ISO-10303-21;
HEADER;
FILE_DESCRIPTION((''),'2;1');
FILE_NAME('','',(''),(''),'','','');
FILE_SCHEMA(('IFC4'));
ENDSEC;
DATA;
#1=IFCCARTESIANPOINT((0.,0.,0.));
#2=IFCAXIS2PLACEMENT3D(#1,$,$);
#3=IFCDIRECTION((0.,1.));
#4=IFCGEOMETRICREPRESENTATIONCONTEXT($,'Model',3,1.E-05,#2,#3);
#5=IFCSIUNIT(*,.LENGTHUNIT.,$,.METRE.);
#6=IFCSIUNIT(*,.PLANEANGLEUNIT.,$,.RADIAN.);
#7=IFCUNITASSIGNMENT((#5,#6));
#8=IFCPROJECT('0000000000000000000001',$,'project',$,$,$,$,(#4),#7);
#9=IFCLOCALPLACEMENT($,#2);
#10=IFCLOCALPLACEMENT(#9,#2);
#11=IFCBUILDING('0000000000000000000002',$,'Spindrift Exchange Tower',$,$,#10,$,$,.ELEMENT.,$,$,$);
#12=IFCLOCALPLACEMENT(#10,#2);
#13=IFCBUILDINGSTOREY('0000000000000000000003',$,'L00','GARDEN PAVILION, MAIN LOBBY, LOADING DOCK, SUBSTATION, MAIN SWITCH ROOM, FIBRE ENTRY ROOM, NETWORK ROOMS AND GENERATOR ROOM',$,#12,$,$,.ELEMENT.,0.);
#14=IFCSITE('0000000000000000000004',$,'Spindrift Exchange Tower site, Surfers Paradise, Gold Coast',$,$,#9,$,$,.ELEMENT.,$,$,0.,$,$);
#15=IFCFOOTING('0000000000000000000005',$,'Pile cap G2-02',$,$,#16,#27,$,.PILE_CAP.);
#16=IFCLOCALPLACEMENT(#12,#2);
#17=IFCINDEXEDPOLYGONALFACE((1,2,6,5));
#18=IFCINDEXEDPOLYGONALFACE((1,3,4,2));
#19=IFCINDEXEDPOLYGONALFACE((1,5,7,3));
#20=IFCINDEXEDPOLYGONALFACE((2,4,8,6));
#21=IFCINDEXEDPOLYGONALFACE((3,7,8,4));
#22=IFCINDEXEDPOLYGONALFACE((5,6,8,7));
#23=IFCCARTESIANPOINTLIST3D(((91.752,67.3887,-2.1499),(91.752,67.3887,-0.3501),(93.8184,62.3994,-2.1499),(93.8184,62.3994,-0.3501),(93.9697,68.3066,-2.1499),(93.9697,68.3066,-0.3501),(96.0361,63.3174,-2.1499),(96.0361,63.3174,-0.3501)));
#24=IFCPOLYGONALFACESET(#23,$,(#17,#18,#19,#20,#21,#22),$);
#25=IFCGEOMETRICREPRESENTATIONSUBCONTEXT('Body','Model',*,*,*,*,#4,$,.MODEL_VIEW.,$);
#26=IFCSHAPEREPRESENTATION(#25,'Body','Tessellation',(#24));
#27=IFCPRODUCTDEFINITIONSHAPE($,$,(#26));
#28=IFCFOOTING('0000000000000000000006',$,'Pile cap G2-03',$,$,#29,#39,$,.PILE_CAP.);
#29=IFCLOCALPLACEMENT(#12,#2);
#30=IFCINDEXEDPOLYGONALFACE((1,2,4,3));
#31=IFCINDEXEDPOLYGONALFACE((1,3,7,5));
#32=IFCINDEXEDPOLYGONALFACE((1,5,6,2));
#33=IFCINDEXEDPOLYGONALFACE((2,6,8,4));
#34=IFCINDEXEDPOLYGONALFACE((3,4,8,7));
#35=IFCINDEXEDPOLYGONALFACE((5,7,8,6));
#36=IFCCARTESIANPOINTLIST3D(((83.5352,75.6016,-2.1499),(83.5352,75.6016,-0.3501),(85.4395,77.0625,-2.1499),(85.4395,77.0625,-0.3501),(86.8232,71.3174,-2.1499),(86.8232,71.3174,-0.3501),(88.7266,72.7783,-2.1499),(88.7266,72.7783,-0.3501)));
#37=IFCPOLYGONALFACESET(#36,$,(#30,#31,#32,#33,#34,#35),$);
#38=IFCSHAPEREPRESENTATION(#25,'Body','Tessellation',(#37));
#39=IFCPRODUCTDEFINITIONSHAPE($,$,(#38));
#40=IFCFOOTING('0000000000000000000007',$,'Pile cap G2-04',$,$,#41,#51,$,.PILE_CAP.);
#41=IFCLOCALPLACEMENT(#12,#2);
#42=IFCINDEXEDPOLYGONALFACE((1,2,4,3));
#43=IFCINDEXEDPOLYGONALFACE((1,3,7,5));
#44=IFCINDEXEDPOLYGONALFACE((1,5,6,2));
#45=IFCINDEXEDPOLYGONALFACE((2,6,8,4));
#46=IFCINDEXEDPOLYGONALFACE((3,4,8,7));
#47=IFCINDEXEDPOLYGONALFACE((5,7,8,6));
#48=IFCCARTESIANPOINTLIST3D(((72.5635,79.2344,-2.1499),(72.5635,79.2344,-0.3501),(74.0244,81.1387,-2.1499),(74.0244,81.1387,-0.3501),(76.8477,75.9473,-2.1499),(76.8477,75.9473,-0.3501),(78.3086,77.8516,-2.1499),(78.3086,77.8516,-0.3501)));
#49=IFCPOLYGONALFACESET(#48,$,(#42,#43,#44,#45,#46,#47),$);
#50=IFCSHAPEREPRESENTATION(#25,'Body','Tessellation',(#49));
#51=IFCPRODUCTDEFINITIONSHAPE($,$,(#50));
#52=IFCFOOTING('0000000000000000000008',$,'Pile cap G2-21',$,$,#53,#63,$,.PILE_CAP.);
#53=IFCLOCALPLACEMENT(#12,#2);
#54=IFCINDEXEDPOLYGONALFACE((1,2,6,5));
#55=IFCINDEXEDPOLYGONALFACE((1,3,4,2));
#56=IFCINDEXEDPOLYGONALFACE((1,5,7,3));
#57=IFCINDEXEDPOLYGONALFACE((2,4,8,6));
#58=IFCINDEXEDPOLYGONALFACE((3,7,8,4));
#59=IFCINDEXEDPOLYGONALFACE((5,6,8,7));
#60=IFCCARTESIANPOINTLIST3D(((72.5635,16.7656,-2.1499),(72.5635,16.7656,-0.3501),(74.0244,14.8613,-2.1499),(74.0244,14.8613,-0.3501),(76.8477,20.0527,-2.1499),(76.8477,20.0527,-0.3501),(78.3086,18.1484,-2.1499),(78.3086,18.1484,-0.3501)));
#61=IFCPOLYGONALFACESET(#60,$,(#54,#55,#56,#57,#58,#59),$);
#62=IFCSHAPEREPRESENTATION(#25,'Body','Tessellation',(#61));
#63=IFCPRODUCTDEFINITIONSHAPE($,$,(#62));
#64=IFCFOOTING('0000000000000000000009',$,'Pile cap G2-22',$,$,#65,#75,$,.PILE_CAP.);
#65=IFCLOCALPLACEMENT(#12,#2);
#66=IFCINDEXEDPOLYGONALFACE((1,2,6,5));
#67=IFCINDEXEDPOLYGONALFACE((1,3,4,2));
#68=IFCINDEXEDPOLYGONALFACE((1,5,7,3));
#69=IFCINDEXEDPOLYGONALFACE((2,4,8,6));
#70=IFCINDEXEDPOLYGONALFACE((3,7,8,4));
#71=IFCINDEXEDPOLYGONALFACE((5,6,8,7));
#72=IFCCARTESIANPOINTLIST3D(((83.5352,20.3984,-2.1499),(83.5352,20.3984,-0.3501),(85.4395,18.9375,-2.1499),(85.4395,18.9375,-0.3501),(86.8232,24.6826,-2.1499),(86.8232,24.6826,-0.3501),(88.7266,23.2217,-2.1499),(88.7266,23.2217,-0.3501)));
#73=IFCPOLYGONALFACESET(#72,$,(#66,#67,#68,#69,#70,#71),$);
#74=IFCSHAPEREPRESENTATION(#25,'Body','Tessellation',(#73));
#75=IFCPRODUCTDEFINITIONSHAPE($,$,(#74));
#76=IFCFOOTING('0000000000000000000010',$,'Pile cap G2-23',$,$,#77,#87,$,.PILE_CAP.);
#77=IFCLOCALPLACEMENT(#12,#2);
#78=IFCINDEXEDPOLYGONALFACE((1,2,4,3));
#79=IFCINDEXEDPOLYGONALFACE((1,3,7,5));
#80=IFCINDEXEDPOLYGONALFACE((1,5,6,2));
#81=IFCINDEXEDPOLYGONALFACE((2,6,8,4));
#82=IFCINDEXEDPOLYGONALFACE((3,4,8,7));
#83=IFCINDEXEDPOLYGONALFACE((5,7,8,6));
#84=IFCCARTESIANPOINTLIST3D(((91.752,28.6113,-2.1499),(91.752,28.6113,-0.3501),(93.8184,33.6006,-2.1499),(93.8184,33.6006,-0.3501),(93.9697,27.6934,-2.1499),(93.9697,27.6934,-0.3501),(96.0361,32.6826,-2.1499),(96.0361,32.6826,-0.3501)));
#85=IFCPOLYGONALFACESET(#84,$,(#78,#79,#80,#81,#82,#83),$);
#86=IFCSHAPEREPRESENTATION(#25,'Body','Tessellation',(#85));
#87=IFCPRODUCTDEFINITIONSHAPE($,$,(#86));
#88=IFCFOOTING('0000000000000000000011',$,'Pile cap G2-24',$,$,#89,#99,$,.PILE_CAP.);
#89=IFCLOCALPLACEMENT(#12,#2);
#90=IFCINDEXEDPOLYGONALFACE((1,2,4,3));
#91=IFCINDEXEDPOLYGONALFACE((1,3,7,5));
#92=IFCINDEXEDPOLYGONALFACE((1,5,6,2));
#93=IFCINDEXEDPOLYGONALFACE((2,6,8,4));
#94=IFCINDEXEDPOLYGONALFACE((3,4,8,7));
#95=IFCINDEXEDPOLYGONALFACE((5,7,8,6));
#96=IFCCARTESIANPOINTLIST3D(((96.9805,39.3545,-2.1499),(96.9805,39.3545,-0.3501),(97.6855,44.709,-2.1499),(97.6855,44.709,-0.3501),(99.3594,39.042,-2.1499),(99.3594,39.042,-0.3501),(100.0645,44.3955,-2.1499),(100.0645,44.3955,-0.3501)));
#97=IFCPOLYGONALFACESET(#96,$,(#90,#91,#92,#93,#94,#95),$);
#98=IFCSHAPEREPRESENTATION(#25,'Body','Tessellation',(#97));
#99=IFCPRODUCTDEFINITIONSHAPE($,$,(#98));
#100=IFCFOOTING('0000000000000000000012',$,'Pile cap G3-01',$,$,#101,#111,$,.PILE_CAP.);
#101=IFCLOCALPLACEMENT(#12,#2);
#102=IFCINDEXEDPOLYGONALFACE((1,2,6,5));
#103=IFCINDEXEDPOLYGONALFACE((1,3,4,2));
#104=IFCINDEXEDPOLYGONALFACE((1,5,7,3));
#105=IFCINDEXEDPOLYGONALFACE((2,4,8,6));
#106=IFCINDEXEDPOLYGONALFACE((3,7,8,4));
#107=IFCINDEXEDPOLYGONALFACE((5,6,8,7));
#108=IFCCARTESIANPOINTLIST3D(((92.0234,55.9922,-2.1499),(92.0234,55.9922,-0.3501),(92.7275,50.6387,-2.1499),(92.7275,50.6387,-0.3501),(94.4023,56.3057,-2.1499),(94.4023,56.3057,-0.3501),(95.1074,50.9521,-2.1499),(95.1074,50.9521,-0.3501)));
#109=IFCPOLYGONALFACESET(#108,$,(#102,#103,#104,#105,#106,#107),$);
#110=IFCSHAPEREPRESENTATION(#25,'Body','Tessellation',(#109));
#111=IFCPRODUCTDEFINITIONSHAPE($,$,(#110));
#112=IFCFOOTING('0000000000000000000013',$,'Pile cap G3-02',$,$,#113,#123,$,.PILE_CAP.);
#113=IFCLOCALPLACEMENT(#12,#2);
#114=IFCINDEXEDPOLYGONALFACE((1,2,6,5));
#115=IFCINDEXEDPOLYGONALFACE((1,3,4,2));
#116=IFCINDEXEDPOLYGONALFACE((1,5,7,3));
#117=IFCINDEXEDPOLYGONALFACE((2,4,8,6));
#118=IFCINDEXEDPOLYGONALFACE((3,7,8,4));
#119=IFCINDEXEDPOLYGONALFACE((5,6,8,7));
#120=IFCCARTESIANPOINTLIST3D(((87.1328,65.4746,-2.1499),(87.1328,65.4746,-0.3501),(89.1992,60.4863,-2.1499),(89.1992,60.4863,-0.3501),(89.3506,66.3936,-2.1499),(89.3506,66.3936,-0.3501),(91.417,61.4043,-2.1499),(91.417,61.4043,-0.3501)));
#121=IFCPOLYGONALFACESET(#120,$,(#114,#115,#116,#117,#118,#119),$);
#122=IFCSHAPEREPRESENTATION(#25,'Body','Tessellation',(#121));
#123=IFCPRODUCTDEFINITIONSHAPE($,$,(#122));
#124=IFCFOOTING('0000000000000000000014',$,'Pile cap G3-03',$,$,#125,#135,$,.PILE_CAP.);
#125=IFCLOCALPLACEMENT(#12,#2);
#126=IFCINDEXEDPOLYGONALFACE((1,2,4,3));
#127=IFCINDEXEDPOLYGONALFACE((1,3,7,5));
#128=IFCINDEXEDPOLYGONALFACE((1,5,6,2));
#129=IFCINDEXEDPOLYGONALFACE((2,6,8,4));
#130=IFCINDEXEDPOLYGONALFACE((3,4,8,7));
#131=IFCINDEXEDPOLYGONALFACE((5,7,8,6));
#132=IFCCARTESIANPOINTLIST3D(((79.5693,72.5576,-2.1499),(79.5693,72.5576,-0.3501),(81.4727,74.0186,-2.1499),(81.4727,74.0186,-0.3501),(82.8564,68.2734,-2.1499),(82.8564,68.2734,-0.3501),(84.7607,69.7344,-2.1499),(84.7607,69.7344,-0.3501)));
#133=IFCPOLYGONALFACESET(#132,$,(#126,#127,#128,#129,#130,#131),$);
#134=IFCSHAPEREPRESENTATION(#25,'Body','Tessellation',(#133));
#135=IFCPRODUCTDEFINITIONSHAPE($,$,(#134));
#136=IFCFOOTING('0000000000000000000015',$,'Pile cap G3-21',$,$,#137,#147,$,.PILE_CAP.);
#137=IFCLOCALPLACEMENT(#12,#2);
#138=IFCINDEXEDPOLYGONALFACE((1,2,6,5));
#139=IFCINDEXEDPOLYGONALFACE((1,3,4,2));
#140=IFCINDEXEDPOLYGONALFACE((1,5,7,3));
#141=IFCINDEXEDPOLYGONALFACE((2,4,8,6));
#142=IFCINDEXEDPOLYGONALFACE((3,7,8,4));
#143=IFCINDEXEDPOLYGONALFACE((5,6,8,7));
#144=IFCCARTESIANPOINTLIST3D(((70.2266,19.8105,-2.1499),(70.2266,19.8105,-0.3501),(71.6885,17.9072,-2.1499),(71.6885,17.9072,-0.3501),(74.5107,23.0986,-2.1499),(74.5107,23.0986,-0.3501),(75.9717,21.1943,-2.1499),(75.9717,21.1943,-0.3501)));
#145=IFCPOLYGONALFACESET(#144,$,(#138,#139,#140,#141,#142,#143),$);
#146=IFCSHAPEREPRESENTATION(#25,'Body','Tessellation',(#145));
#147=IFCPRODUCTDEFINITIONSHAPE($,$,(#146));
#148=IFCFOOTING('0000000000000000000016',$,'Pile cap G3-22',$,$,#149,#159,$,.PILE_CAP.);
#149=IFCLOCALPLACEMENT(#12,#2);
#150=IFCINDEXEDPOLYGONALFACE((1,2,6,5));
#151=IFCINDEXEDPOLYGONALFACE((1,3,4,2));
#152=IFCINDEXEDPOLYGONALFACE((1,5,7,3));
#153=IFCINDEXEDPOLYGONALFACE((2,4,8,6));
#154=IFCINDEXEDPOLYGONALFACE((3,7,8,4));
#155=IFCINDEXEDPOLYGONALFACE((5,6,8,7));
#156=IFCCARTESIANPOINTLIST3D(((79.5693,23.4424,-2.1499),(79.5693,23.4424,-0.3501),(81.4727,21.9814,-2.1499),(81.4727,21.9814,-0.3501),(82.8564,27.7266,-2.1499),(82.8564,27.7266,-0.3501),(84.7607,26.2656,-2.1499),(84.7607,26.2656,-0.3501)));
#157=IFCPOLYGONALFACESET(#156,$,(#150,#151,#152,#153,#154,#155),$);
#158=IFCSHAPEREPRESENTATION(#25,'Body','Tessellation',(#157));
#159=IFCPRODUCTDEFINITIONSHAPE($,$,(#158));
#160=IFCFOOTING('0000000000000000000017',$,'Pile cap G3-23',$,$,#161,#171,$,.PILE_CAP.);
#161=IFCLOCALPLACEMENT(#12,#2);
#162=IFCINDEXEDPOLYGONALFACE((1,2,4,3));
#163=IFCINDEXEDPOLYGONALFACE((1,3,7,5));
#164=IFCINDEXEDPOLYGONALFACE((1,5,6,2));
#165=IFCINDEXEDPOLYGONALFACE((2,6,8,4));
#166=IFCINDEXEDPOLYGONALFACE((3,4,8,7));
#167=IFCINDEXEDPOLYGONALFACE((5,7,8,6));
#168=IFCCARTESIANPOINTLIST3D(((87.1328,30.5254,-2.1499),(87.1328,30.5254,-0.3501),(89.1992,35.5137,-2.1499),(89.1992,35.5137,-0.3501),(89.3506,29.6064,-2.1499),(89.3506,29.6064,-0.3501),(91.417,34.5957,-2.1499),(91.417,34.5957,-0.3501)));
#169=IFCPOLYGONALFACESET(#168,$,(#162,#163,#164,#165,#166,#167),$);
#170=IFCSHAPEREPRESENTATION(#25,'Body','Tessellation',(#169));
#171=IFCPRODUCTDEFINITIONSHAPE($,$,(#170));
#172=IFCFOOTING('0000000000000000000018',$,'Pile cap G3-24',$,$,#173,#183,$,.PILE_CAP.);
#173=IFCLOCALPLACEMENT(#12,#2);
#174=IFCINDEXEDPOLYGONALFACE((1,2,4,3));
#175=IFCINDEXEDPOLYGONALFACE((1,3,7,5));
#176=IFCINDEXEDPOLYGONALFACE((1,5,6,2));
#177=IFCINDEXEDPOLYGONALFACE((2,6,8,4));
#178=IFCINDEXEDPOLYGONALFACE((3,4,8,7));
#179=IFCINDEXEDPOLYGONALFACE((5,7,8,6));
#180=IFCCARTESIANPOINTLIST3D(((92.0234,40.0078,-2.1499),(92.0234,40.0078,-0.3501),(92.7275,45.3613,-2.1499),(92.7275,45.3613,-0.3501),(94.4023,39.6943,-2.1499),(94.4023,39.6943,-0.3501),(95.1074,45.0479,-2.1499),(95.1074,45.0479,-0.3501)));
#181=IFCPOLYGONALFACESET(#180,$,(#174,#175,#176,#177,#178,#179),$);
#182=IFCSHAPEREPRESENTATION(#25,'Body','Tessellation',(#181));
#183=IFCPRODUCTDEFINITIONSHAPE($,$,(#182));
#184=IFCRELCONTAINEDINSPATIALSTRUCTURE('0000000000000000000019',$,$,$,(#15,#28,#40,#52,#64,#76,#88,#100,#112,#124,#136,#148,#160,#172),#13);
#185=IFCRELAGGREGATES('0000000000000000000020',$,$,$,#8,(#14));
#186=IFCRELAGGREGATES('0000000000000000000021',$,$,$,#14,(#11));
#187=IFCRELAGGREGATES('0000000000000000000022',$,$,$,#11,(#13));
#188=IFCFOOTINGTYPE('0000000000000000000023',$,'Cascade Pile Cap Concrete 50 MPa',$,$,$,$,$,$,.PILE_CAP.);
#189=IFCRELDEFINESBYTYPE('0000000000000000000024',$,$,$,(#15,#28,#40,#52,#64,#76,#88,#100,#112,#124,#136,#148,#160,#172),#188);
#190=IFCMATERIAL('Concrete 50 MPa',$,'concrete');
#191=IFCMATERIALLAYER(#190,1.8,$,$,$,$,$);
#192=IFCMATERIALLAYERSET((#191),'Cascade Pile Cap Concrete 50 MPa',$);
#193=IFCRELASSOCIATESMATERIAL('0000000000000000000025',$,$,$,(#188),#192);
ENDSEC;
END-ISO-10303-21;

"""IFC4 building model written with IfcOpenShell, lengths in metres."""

from ifc_helpers import new_model, si_unit, direction, frame, origin, place, context, subcontext, project, spatial, line, indexed_curve, outline, extrude, material, layer, layer_set, type_object, element, save


model = new_model("IFC4")

# Units and contexts
model_context = context("Model", 3, precision=1e-05, world=origin(), true_north=direction((0.0, 1.0)))
body_context = subcontext(model_context, "Body", "Model", "MODEL_VIEW")
ifc_project = project(units=[si_unit("LENGTHUNIT", "METRE"), si_unit("PLANEANGLEUNIT", "RADIAN")], contexts=[model_context])

# Site, building, storey
site_placement = place(None, origin())
site = spatial("IfcSite", under=ifc_project, at=site_placement, Name="Spindrift Exchange Tower site, Surfers Paradise, Gold Coast", CompositionType="ELEMENT", RefElevation=0.0)
building_placement = place(site_placement, origin())
building = spatial("IfcBuilding", under=site, at=building_placement, Name="Spindrift Exchange Tower", CompositionType="ELEMENT")
storey_placement = place(building_placement, origin())
storey = spatial("IfcBuildingStorey", under=building, at=storey_placement, Name="L00", Description="GARDEN PAVILION, MAIN LOBBY, LOADING DOCK, SUBSTATION, MAIN SWITCH ROOM, FIBRE ENTRY ROOM, NETWORK ROOMS AND GENERATOR ROOM", CompositionType="ELEMENT", Elevation=0.0)

# Footings
ifc_material_1 = material(Name="Concrete 50 MPa", Category="concrete")
ifc_layer_1 = layer(ifc_material_1, 1.8)
ifc_layer_set_1 = layer_set([ifc_layer_1], Name="Cascade Pile Cap Concrete 50 MPa")
footing_type = type_object("IfcFootingType", Name="Cascade Pile Cap Concrete 50 MPa", PredefinedType="PILE_CAP", material=ifc_layer_set_1)
footing_1_placement = place(storey_placement, frame((0.0, 0.0, -2.1499)))
element("IfcFooting", 1, at=footing_1_placement, inside=storey, type_object=footing_type, Name="Pile cap G2-02", PredefinedType="PILE_CAP", context=body_context, shape_type="SweptSolid", body=[
    extrude(outline(indexed_curve([(93.8184, 62.3994), (91.752, 67.3887), (93.9697, 68.3066), (96.0361, 63.3174)], segments=[line(1, 2, 3, 4, 1)], self_intersect=False)), origin(), (0.0, 0.0, 1.0), 1.7998),
])
footing_2_placement = place(storey_placement, frame((0.0, 0.0, -2.1499)))
element("IfcFooting", 2, at=footing_2_placement, inside=storey, type_object=footing_type, Name="Pile cap G2-03", PredefinedType="PILE_CAP", context=body_context, shape_type="SweptSolid", body=[
    extrude(outline(indexed_curve([(86.8232, 71.3174), (83.5352, 75.6016), (85.4395, 77.0625), (88.7266, 72.7783)], segments=[line(1, 2, 3, 4, 1)], self_intersect=False)), origin(), (0.0, 0.0, 1.0), 1.7998),
])
footing_3_placement = place(storey_placement, frame((0.0, 0.0, -2.1499)))
element("IfcFooting", 3, at=footing_3_placement, inside=storey, type_object=footing_type, Name="Pile cap G2-04", PredefinedType="PILE_CAP", context=body_context, shape_type="SweptSolid", body=[
    extrude(outline(indexed_curve([(76.8477, 75.9473), (72.5635, 79.2344), (74.0244, 81.1387), (78.3086, 77.8516)], segments=[line(1, 2, 3, 4, 1)], self_intersect=False)), origin(), (0.0, 0.0, 1.0), 1.7998),
])
footing_4_placement = place(storey_placement, frame((0.0, 0.0, -2.1499)))
element("IfcFooting", 4, at=footing_4_placement, inside=storey, type_object=footing_type, Name="Pile cap G2-21", PredefinedType="PILE_CAP", context=body_context, shape_type="SweptSolid", body=[
    extrude(outline(indexed_curve([(72.5635, 16.7656), (76.8477, 20.0527), (78.3086, 18.1484), (74.0244, 14.8613)], segments=[line(1, 2, 3, 4, 1)], self_intersect=False)), origin(), (0.0, 0.0, 1.0), 1.7998),
])
footing_5_placement = place(storey_placement, frame((0.0, 0.0, -2.1499)))
element("IfcFooting", 5, at=footing_5_placement, inside=storey, type_object=footing_type, Name="Pile cap G2-22", PredefinedType="PILE_CAP", context=body_context, shape_type="SweptSolid", body=[
    extrude(outline(indexed_curve([(83.5352, 20.3984), (86.8232, 24.6826), (88.7266, 23.2217), (85.4395, 18.9375)], segments=[line(1, 2, 3, 4, 1)], self_intersect=False)), origin(), (0.0, 0.0, 1.0), 1.7998),
])
footing_6_placement = place(storey_placement, frame((0.0, 0.0, -2.1499)))
element("IfcFooting", 6, at=footing_6_placement, inside=storey, type_object=footing_type, Name="Pile cap G2-23", PredefinedType="PILE_CAP", context=body_context, shape_type="SweptSolid", body=[
    extrude(outline(indexed_curve([(91.752, 28.6113), (93.8184, 33.6006), (96.0361, 32.6826), (93.9697, 27.6934)], segments=[line(1, 2, 3, 4, 1)], self_intersect=False)), origin(), (0.0, 0.0, 1.0), 1.7998),
])
footing_7_placement = place(storey_placement, frame((0.0, 0.0, -2.1499)))
element("IfcFooting", 7, at=footing_7_placement, inside=storey, type_object=footing_type, Name="Pile cap G2-24", PredefinedType="PILE_CAP", context=body_context, shape_type="SweptSolid", body=[
    extrude(outline(indexed_curve([(96.9805, 39.3545), (97.6855, 44.709), (100.0645, 44.3955), (99.3594, 39.042)], segments=[line(1, 2, 3, 4, 1)], self_intersect=False)), origin(), (0.0, 0.0, 1.0), 1.7998),
])
footing_8_placement = place(storey_placement, frame((0.0, 0.0, -2.1499)))
element("IfcFooting", 8, at=footing_8_placement, inside=storey, type_object=footing_type, Name="Pile cap G3-01", PredefinedType="PILE_CAP", context=body_context, shape_type="SweptSolid", body=[
    extrude(outline(indexed_curve([(92.7275, 50.6387), (92.0234, 55.9922), (94.4023, 56.3057), (95.1074, 50.9521)], segments=[line(1, 2, 3, 4, 1)], self_intersect=False)), origin(), (0.0, 0.0, 1.0), 1.7998),
])
footing_9_placement = place(storey_placement, frame((0.0, 0.0, -2.1499)))
element("IfcFooting", 9, at=footing_9_placement, inside=storey, type_object=footing_type, Name="Pile cap G3-02", PredefinedType="PILE_CAP", context=body_context, shape_type="SweptSolid", body=[
    extrude(outline(indexed_curve([(89.1992, 60.4863), (87.1328, 65.4746), (89.3506, 66.3936), (91.417, 61.4043)], segments=[line(1, 2, 3, 4, 1)], self_intersect=False)), origin(), (0.0, 0.0, 1.0), 1.7998),
])
footing_10_placement = place(storey_placement, frame((0.0, 0.0, -2.1499)))
element("IfcFooting", 10, at=footing_10_placement, inside=storey, type_object=footing_type, Name="Pile cap G3-03", PredefinedType="PILE_CAP", context=body_context, shape_type="SweptSolid", body=[
    extrude(outline(indexed_curve([(82.8564, 68.2734), (79.5693, 72.5576), (81.4727, 74.0186), (84.7607, 69.7344)], segments=[line(1, 2, 3, 4, 1)], self_intersect=False)), origin(), (0.0, 0.0, 1.0), 1.7998),
])
footing_11_placement = place(storey_placement, frame((0.0, 0.0, -2.1499)))
element("IfcFooting", 11, at=footing_11_placement, inside=storey, type_object=footing_type, Name="Pile cap G3-21", PredefinedType="PILE_CAP", context=body_context, shape_type="SweptSolid", body=[
    extrude(outline(indexed_curve([(70.2266, 19.8105), (74.5107, 23.0986), (75.9717, 21.1943), (71.6885, 17.9072)], segments=[line(1, 2, 3, 4, 1)], self_intersect=False)), origin(), (0.0, 0.0, 1.0), 1.7998),
])
footing_12_placement = place(storey_placement, frame((0.0, 0.0, -2.1499)))
element("IfcFooting", 12, at=footing_12_placement, inside=storey, type_object=footing_type, Name="Pile cap G3-22", PredefinedType="PILE_CAP", context=body_context, shape_type="SweptSolid", body=[
    extrude(outline(indexed_curve([(79.5693, 23.4424), (82.8564, 27.7266), (84.7607, 26.2656), (81.4727, 21.9814)], segments=[line(1, 2, 3, 4, 1)], self_intersect=False)), origin(), (0.0, 0.0, 1.0), 1.7998),
])
footing_13_placement = place(storey_placement, frame((0.0, 0.0, -2.1499)))
element("IfcFooting", 13, at=footing_13_placement, inside=storey, type_object=footing_type, Name="Pile cap G3-23", PredefinedType="PILE_CAP", context=body_context, shape_type="SweptSolid", body=[
    extrude(outline(indexed_curve([(87.1328, 30.5254), (89.1992, 35.5137), (91.417, 34.5957), (89.3506, 29.6064)], segments=[line(1, 2, 3, 4, 1)], self_intersect=False)), origin(), (0.0, 0.0, 1.0), 1.7998),
])
footing_14_placement = place(storey_placement, frame((0.0, 0.0, -2.1499)))
element("IfcFooting", 14, at=footing_14_placement, inside=storey, type_object=footing_type, Name="Pile cap G3-24", PredefinedType="PILE_CAP", context=body_context, shape_type="SweptSolid", body=[
    extrude(outline(indexed_curve([(92.0234, 40.0078), (92.7275, 45.3613), (95.1074, 45.0479), (94.4023, 39.6943)], segments=[line(1, 2, 3, 4, 1)], self_intersect=False)), origin(), (0.0, 0.0, 1.0), 1.7998),
])

save(model, "model.ifc")
